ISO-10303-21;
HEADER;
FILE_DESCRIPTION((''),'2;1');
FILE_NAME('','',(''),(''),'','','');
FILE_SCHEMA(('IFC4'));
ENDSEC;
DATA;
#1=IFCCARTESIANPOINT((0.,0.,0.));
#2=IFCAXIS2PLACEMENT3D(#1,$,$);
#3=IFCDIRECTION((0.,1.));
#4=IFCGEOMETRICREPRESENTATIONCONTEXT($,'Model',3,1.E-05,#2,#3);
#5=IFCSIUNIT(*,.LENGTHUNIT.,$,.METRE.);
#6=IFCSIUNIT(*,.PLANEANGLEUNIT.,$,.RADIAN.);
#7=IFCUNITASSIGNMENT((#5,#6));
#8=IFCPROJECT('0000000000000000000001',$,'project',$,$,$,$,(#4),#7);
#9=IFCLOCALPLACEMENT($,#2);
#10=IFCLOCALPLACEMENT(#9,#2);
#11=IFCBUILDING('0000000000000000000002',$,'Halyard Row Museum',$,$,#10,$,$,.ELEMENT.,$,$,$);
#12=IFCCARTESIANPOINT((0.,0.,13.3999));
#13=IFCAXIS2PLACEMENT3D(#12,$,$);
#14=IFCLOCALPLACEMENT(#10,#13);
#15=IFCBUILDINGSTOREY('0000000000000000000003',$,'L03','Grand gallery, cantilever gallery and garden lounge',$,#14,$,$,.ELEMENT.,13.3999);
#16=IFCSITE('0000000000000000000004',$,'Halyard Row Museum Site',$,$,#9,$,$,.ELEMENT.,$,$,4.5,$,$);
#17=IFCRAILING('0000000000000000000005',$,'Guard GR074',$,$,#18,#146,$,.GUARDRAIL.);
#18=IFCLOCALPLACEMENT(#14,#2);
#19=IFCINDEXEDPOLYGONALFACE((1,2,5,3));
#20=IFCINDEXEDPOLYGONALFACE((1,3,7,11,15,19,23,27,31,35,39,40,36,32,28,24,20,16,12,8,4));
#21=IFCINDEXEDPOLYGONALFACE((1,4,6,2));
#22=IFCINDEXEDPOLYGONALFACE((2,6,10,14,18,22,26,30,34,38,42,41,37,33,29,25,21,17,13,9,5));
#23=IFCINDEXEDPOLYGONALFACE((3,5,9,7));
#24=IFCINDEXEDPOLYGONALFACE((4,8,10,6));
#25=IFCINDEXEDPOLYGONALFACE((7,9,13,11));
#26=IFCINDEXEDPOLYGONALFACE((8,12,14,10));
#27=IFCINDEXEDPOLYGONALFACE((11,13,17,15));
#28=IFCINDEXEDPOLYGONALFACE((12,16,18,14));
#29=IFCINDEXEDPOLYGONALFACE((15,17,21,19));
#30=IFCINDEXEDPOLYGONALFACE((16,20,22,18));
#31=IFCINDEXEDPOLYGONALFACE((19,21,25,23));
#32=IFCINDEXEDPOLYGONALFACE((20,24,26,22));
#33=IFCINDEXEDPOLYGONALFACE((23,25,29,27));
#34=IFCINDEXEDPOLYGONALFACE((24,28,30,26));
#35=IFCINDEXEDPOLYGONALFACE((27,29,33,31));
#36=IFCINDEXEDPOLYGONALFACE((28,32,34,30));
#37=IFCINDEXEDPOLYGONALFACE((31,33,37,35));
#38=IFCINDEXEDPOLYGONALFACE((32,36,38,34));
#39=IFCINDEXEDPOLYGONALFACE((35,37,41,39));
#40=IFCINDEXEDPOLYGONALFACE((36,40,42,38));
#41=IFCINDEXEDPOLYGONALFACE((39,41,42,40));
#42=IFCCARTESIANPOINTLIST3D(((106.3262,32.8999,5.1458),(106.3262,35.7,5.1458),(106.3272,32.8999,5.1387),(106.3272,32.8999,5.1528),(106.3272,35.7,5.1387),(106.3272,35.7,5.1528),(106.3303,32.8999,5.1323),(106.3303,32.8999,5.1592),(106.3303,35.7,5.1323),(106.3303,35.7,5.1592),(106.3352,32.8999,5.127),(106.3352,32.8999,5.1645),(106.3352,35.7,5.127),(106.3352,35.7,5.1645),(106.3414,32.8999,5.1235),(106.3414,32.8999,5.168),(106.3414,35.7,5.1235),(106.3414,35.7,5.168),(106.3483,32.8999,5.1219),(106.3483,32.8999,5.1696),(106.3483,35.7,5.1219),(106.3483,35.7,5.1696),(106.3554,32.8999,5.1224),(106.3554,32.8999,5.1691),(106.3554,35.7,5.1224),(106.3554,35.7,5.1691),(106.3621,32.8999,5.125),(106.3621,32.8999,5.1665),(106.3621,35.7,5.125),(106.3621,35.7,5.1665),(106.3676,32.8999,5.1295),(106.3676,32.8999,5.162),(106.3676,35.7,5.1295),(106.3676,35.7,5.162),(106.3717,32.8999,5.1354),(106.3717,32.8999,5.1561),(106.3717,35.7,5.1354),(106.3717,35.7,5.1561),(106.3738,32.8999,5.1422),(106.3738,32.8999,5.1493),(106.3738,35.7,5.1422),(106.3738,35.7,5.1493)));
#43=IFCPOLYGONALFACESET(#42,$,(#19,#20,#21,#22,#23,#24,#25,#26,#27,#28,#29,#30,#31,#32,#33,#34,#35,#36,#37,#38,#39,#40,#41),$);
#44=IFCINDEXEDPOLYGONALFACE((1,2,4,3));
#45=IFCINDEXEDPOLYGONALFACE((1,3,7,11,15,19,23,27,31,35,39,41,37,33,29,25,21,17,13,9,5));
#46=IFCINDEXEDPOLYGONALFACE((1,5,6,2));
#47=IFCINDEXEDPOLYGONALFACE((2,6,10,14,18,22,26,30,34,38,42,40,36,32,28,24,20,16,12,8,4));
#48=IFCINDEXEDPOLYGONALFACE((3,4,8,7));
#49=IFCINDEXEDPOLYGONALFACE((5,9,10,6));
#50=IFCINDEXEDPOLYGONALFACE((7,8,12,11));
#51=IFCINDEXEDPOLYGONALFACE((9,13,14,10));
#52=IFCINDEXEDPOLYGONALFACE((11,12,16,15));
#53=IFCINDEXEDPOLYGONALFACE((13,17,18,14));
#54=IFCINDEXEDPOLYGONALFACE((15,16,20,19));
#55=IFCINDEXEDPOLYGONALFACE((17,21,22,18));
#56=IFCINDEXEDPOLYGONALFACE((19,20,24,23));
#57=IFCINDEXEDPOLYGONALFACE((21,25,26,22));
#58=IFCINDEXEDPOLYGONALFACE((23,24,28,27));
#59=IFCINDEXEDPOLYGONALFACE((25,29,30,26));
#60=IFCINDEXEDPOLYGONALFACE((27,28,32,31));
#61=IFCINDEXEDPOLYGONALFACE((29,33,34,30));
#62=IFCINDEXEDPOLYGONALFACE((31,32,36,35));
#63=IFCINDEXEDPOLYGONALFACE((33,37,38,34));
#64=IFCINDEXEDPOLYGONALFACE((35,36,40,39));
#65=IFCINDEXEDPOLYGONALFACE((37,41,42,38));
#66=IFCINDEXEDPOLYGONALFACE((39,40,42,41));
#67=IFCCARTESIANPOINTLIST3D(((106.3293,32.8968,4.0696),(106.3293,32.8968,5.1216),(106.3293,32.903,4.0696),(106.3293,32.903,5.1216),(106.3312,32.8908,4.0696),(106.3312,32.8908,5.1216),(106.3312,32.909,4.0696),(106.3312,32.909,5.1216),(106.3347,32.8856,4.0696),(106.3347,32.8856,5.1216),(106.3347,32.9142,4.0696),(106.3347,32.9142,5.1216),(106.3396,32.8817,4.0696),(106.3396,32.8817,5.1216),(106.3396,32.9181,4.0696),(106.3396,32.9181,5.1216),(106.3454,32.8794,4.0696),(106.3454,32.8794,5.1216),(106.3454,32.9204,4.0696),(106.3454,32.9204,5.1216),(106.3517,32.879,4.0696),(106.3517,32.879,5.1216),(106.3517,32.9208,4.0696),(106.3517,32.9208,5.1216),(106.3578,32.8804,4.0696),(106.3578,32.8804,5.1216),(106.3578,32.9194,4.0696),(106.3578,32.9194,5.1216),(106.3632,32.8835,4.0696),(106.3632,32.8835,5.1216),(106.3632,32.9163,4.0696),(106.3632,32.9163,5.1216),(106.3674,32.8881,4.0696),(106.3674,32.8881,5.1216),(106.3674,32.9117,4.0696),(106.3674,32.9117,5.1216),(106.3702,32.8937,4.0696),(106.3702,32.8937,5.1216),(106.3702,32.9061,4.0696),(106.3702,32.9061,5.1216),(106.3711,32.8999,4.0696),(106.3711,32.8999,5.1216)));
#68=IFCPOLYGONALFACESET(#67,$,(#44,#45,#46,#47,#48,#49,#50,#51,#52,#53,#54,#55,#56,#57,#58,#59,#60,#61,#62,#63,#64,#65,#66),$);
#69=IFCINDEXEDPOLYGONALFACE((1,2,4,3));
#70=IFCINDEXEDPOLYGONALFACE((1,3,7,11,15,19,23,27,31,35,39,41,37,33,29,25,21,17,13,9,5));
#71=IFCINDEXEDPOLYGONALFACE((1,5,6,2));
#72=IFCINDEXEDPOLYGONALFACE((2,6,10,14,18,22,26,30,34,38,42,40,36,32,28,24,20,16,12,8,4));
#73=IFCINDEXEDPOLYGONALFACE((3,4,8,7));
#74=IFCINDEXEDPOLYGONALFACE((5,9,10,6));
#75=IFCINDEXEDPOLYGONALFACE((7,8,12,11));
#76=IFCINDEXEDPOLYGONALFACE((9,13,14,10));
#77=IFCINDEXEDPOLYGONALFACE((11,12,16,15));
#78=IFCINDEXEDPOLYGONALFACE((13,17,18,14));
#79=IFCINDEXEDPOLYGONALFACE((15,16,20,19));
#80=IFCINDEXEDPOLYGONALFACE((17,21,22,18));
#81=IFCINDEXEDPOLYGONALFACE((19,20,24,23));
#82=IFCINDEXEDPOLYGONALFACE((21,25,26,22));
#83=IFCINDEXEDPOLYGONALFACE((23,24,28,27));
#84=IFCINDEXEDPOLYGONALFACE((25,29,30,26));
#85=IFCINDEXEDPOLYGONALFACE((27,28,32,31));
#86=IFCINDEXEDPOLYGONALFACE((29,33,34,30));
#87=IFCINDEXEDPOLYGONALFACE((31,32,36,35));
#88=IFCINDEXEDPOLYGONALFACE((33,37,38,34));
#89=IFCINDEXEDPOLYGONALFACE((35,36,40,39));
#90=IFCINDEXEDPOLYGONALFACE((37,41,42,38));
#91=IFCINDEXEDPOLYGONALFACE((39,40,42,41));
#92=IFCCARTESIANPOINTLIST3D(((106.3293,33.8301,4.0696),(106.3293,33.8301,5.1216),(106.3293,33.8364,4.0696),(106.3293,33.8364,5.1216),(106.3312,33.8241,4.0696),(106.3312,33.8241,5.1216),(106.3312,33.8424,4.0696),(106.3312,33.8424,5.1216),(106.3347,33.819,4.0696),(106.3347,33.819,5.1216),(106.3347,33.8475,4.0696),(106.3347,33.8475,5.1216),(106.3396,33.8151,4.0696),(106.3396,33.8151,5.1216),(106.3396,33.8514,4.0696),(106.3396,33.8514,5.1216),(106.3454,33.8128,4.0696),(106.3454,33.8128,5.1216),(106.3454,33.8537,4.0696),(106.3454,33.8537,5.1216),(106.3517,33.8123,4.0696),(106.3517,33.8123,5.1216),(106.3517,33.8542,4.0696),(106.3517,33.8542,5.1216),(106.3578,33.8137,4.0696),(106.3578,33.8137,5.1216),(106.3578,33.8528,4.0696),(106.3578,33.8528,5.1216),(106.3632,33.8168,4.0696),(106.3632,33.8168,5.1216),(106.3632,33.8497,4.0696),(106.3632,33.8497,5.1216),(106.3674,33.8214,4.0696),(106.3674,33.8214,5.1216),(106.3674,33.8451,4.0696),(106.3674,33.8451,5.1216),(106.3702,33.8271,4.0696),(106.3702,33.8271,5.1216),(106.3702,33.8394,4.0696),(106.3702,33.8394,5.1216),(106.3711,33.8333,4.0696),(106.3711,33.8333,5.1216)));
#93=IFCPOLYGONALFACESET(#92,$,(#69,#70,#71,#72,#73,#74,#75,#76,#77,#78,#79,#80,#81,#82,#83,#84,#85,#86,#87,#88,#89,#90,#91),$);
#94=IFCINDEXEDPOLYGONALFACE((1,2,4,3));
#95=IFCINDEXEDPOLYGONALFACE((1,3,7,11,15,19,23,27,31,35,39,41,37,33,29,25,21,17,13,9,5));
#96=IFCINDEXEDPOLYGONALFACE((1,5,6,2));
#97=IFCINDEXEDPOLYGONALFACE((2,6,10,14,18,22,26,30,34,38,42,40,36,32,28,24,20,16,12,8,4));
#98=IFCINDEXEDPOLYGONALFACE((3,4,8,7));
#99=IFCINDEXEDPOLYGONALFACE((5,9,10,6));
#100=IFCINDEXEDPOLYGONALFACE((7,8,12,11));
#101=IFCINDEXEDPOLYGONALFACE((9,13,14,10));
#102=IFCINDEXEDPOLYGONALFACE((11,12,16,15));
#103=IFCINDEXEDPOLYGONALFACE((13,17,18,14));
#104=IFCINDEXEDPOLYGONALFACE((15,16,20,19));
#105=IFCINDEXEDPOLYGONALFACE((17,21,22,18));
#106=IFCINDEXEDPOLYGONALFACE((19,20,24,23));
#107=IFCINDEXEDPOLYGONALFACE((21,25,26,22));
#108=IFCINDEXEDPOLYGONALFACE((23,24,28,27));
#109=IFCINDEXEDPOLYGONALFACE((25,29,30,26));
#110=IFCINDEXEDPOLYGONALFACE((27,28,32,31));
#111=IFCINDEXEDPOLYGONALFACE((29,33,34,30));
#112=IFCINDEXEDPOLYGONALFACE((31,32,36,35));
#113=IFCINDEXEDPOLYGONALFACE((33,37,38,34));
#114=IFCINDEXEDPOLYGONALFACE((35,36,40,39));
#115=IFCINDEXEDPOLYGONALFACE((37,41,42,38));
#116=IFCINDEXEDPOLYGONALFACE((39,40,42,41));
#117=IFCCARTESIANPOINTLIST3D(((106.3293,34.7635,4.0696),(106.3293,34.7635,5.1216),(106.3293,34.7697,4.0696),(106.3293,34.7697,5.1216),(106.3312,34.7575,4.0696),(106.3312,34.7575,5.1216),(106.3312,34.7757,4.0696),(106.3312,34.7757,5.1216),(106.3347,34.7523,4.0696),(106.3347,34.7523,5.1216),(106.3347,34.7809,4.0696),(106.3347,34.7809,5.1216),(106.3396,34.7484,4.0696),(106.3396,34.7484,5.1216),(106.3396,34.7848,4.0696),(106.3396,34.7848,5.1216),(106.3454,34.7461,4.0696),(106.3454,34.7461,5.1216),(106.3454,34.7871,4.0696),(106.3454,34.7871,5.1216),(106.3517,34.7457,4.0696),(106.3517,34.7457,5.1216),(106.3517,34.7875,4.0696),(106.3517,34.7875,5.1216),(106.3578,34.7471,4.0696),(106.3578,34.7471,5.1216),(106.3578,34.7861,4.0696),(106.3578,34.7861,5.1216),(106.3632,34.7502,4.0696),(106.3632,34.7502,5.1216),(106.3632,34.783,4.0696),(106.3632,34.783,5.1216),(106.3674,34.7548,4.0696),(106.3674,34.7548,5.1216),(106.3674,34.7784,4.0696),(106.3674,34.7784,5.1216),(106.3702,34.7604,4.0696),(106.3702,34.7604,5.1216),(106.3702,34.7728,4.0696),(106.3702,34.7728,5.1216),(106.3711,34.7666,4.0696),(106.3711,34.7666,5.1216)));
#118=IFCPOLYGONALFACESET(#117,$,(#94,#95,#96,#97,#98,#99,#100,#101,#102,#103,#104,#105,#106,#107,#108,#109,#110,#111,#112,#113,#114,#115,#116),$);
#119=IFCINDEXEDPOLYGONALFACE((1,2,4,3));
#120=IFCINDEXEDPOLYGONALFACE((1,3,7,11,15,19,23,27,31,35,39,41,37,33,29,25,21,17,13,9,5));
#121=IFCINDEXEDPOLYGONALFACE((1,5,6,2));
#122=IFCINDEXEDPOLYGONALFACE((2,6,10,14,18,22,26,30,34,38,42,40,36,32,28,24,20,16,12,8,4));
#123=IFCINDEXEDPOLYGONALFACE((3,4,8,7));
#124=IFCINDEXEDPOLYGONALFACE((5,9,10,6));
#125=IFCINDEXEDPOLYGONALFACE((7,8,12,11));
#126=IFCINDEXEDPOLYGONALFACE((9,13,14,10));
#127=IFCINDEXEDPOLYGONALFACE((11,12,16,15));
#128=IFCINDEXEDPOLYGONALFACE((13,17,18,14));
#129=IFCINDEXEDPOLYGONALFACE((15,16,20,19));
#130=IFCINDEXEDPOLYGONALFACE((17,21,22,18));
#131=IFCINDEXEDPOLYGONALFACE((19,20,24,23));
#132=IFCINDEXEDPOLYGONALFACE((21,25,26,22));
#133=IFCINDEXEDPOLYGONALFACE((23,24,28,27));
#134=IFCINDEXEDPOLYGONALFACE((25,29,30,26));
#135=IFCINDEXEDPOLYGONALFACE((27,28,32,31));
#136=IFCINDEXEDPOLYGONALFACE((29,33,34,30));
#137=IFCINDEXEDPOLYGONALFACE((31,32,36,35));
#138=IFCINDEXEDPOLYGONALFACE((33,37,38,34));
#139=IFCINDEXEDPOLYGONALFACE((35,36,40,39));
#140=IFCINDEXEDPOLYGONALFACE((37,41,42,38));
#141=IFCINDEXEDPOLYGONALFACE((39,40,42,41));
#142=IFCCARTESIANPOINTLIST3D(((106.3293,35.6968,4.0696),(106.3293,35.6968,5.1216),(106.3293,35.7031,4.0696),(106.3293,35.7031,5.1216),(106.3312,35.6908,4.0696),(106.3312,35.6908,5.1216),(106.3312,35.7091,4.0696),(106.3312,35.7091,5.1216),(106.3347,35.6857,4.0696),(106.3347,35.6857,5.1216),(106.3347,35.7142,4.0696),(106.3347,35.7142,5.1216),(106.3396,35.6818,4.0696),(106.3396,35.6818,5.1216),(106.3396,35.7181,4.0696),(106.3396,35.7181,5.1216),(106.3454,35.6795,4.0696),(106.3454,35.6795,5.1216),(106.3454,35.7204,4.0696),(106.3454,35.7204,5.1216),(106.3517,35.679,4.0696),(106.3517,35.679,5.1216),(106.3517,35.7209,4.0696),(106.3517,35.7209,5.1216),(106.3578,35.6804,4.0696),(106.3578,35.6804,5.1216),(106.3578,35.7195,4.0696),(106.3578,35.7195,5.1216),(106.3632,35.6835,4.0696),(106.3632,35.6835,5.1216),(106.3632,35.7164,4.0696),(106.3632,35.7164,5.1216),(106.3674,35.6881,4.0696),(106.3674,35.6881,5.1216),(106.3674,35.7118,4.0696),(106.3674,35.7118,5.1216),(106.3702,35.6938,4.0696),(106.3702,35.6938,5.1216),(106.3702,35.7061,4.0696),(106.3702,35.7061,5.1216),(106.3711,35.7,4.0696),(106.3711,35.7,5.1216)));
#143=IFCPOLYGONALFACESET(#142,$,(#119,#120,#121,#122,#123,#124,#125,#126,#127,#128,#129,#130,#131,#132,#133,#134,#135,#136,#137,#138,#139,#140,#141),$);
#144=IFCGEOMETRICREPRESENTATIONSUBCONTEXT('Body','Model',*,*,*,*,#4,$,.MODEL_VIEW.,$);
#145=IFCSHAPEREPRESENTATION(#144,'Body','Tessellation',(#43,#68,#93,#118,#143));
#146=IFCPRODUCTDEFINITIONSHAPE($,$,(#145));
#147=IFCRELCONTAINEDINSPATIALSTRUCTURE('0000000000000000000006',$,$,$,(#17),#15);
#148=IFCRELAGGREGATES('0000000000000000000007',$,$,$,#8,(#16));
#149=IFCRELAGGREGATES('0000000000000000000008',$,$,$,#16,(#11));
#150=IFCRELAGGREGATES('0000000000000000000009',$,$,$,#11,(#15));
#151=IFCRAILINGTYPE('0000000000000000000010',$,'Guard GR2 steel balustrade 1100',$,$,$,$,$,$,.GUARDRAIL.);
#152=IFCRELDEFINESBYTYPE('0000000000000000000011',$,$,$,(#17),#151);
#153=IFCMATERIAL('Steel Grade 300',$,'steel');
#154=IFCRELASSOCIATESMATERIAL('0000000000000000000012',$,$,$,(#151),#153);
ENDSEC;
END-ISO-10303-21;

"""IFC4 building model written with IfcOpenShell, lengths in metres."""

from ifc_helpers import new_model, si_unit, direction, frame, origin, origin_2d, place, context, subcontext, project, spatial, circle, extrude, material, type_object, element, save


model = new_model("IFC4")

# Units and contexts
model_context = context("Model", 3, precision=1e-05, world=origin(), true_north=direction((0.0, 1.0)))
body_context = subcontext(model_context, "Body", "Model", "MODEL_VIEW")
ifc_project = project(units=[si_unit("LENGTHUNIT", "METRE"), si_unit("PLANEANGLEUNIT", "RADIAN")], contexts=[model_context])

# Site, building, storey
site_placement = place(None, origin())
site = spatial("IfcSite", under=ifc_project, at=site_placement, Name="Halyard Row Museum Site", CompositionType="ELEMENT", RefElevation=4.5)
building_placement = place(site_placement, origin())
building = spatial("IfcBuilding", under=site, at=building_placement, Name="Halyard Row Museum", CompositionType="ELEMENT")
storey_placement = place(building_placement, frame((0.0, 0.0, 13.3999)))
storey = spatial("IfcBuildingStorey", under=building, at=storey_placement, Name="L03", Description="Grand gallery, cantilever gallery and garden lounge", CompositionType="ELEMENT", Elevation=13.3999)

# Railing
ifc_material_1 = material(Name="Steel Grade 300", Category="steel")
railing_type_1 = type_object("IfcRailingType", Name="Guard GR2 steel balustrade 1100", PredefinedType="GUARDRAIL", material=ifc_material_1)
railing_1_placement = place(storey_placement, frame((106.3501, 32.8999, 4.0696)))
element("IfcRailing", 1, at=railing_1_placement, inside=storey, type_object=railing_type_1, Name="Guard GR074", PredefinedType="GUARDRAIL", context=body_context, shape_type="SweptSolid", body=[
    extrude(circle(Radius=0.0239, at=origin_2d()), frame((0.0, 0.0, 1.0762), z_axis=(0.0, 1.0, 0.0), x_axis=(-1.0, 0.0, 0.0)), (0.0, 0.0, 1.0), 2.8),
    extrude(circle(Radius=0.021, at=origin_2d()), origin(), (0.0, 0.0, 1.0), 1.052),
    extrude(circle(Radius=0.021, at=origin_2d()), frame((0.0, 0.9333, 0.0)), (0.0, 0.0, 1.0), 1.052),
    extrude(circle(Radius=0.021, at=origin_2d()), frame((0.0, 1.8667, 0.0)), (0.0, 0.0, 1.0), 1.052),
    extrude(circle(Radius=0.021, at=origin_2d()), frame((0.0, 2.8, 0.0)), (0.0, 0.0, 1.0), 1.052),
])

save(model, "model.ifc")
